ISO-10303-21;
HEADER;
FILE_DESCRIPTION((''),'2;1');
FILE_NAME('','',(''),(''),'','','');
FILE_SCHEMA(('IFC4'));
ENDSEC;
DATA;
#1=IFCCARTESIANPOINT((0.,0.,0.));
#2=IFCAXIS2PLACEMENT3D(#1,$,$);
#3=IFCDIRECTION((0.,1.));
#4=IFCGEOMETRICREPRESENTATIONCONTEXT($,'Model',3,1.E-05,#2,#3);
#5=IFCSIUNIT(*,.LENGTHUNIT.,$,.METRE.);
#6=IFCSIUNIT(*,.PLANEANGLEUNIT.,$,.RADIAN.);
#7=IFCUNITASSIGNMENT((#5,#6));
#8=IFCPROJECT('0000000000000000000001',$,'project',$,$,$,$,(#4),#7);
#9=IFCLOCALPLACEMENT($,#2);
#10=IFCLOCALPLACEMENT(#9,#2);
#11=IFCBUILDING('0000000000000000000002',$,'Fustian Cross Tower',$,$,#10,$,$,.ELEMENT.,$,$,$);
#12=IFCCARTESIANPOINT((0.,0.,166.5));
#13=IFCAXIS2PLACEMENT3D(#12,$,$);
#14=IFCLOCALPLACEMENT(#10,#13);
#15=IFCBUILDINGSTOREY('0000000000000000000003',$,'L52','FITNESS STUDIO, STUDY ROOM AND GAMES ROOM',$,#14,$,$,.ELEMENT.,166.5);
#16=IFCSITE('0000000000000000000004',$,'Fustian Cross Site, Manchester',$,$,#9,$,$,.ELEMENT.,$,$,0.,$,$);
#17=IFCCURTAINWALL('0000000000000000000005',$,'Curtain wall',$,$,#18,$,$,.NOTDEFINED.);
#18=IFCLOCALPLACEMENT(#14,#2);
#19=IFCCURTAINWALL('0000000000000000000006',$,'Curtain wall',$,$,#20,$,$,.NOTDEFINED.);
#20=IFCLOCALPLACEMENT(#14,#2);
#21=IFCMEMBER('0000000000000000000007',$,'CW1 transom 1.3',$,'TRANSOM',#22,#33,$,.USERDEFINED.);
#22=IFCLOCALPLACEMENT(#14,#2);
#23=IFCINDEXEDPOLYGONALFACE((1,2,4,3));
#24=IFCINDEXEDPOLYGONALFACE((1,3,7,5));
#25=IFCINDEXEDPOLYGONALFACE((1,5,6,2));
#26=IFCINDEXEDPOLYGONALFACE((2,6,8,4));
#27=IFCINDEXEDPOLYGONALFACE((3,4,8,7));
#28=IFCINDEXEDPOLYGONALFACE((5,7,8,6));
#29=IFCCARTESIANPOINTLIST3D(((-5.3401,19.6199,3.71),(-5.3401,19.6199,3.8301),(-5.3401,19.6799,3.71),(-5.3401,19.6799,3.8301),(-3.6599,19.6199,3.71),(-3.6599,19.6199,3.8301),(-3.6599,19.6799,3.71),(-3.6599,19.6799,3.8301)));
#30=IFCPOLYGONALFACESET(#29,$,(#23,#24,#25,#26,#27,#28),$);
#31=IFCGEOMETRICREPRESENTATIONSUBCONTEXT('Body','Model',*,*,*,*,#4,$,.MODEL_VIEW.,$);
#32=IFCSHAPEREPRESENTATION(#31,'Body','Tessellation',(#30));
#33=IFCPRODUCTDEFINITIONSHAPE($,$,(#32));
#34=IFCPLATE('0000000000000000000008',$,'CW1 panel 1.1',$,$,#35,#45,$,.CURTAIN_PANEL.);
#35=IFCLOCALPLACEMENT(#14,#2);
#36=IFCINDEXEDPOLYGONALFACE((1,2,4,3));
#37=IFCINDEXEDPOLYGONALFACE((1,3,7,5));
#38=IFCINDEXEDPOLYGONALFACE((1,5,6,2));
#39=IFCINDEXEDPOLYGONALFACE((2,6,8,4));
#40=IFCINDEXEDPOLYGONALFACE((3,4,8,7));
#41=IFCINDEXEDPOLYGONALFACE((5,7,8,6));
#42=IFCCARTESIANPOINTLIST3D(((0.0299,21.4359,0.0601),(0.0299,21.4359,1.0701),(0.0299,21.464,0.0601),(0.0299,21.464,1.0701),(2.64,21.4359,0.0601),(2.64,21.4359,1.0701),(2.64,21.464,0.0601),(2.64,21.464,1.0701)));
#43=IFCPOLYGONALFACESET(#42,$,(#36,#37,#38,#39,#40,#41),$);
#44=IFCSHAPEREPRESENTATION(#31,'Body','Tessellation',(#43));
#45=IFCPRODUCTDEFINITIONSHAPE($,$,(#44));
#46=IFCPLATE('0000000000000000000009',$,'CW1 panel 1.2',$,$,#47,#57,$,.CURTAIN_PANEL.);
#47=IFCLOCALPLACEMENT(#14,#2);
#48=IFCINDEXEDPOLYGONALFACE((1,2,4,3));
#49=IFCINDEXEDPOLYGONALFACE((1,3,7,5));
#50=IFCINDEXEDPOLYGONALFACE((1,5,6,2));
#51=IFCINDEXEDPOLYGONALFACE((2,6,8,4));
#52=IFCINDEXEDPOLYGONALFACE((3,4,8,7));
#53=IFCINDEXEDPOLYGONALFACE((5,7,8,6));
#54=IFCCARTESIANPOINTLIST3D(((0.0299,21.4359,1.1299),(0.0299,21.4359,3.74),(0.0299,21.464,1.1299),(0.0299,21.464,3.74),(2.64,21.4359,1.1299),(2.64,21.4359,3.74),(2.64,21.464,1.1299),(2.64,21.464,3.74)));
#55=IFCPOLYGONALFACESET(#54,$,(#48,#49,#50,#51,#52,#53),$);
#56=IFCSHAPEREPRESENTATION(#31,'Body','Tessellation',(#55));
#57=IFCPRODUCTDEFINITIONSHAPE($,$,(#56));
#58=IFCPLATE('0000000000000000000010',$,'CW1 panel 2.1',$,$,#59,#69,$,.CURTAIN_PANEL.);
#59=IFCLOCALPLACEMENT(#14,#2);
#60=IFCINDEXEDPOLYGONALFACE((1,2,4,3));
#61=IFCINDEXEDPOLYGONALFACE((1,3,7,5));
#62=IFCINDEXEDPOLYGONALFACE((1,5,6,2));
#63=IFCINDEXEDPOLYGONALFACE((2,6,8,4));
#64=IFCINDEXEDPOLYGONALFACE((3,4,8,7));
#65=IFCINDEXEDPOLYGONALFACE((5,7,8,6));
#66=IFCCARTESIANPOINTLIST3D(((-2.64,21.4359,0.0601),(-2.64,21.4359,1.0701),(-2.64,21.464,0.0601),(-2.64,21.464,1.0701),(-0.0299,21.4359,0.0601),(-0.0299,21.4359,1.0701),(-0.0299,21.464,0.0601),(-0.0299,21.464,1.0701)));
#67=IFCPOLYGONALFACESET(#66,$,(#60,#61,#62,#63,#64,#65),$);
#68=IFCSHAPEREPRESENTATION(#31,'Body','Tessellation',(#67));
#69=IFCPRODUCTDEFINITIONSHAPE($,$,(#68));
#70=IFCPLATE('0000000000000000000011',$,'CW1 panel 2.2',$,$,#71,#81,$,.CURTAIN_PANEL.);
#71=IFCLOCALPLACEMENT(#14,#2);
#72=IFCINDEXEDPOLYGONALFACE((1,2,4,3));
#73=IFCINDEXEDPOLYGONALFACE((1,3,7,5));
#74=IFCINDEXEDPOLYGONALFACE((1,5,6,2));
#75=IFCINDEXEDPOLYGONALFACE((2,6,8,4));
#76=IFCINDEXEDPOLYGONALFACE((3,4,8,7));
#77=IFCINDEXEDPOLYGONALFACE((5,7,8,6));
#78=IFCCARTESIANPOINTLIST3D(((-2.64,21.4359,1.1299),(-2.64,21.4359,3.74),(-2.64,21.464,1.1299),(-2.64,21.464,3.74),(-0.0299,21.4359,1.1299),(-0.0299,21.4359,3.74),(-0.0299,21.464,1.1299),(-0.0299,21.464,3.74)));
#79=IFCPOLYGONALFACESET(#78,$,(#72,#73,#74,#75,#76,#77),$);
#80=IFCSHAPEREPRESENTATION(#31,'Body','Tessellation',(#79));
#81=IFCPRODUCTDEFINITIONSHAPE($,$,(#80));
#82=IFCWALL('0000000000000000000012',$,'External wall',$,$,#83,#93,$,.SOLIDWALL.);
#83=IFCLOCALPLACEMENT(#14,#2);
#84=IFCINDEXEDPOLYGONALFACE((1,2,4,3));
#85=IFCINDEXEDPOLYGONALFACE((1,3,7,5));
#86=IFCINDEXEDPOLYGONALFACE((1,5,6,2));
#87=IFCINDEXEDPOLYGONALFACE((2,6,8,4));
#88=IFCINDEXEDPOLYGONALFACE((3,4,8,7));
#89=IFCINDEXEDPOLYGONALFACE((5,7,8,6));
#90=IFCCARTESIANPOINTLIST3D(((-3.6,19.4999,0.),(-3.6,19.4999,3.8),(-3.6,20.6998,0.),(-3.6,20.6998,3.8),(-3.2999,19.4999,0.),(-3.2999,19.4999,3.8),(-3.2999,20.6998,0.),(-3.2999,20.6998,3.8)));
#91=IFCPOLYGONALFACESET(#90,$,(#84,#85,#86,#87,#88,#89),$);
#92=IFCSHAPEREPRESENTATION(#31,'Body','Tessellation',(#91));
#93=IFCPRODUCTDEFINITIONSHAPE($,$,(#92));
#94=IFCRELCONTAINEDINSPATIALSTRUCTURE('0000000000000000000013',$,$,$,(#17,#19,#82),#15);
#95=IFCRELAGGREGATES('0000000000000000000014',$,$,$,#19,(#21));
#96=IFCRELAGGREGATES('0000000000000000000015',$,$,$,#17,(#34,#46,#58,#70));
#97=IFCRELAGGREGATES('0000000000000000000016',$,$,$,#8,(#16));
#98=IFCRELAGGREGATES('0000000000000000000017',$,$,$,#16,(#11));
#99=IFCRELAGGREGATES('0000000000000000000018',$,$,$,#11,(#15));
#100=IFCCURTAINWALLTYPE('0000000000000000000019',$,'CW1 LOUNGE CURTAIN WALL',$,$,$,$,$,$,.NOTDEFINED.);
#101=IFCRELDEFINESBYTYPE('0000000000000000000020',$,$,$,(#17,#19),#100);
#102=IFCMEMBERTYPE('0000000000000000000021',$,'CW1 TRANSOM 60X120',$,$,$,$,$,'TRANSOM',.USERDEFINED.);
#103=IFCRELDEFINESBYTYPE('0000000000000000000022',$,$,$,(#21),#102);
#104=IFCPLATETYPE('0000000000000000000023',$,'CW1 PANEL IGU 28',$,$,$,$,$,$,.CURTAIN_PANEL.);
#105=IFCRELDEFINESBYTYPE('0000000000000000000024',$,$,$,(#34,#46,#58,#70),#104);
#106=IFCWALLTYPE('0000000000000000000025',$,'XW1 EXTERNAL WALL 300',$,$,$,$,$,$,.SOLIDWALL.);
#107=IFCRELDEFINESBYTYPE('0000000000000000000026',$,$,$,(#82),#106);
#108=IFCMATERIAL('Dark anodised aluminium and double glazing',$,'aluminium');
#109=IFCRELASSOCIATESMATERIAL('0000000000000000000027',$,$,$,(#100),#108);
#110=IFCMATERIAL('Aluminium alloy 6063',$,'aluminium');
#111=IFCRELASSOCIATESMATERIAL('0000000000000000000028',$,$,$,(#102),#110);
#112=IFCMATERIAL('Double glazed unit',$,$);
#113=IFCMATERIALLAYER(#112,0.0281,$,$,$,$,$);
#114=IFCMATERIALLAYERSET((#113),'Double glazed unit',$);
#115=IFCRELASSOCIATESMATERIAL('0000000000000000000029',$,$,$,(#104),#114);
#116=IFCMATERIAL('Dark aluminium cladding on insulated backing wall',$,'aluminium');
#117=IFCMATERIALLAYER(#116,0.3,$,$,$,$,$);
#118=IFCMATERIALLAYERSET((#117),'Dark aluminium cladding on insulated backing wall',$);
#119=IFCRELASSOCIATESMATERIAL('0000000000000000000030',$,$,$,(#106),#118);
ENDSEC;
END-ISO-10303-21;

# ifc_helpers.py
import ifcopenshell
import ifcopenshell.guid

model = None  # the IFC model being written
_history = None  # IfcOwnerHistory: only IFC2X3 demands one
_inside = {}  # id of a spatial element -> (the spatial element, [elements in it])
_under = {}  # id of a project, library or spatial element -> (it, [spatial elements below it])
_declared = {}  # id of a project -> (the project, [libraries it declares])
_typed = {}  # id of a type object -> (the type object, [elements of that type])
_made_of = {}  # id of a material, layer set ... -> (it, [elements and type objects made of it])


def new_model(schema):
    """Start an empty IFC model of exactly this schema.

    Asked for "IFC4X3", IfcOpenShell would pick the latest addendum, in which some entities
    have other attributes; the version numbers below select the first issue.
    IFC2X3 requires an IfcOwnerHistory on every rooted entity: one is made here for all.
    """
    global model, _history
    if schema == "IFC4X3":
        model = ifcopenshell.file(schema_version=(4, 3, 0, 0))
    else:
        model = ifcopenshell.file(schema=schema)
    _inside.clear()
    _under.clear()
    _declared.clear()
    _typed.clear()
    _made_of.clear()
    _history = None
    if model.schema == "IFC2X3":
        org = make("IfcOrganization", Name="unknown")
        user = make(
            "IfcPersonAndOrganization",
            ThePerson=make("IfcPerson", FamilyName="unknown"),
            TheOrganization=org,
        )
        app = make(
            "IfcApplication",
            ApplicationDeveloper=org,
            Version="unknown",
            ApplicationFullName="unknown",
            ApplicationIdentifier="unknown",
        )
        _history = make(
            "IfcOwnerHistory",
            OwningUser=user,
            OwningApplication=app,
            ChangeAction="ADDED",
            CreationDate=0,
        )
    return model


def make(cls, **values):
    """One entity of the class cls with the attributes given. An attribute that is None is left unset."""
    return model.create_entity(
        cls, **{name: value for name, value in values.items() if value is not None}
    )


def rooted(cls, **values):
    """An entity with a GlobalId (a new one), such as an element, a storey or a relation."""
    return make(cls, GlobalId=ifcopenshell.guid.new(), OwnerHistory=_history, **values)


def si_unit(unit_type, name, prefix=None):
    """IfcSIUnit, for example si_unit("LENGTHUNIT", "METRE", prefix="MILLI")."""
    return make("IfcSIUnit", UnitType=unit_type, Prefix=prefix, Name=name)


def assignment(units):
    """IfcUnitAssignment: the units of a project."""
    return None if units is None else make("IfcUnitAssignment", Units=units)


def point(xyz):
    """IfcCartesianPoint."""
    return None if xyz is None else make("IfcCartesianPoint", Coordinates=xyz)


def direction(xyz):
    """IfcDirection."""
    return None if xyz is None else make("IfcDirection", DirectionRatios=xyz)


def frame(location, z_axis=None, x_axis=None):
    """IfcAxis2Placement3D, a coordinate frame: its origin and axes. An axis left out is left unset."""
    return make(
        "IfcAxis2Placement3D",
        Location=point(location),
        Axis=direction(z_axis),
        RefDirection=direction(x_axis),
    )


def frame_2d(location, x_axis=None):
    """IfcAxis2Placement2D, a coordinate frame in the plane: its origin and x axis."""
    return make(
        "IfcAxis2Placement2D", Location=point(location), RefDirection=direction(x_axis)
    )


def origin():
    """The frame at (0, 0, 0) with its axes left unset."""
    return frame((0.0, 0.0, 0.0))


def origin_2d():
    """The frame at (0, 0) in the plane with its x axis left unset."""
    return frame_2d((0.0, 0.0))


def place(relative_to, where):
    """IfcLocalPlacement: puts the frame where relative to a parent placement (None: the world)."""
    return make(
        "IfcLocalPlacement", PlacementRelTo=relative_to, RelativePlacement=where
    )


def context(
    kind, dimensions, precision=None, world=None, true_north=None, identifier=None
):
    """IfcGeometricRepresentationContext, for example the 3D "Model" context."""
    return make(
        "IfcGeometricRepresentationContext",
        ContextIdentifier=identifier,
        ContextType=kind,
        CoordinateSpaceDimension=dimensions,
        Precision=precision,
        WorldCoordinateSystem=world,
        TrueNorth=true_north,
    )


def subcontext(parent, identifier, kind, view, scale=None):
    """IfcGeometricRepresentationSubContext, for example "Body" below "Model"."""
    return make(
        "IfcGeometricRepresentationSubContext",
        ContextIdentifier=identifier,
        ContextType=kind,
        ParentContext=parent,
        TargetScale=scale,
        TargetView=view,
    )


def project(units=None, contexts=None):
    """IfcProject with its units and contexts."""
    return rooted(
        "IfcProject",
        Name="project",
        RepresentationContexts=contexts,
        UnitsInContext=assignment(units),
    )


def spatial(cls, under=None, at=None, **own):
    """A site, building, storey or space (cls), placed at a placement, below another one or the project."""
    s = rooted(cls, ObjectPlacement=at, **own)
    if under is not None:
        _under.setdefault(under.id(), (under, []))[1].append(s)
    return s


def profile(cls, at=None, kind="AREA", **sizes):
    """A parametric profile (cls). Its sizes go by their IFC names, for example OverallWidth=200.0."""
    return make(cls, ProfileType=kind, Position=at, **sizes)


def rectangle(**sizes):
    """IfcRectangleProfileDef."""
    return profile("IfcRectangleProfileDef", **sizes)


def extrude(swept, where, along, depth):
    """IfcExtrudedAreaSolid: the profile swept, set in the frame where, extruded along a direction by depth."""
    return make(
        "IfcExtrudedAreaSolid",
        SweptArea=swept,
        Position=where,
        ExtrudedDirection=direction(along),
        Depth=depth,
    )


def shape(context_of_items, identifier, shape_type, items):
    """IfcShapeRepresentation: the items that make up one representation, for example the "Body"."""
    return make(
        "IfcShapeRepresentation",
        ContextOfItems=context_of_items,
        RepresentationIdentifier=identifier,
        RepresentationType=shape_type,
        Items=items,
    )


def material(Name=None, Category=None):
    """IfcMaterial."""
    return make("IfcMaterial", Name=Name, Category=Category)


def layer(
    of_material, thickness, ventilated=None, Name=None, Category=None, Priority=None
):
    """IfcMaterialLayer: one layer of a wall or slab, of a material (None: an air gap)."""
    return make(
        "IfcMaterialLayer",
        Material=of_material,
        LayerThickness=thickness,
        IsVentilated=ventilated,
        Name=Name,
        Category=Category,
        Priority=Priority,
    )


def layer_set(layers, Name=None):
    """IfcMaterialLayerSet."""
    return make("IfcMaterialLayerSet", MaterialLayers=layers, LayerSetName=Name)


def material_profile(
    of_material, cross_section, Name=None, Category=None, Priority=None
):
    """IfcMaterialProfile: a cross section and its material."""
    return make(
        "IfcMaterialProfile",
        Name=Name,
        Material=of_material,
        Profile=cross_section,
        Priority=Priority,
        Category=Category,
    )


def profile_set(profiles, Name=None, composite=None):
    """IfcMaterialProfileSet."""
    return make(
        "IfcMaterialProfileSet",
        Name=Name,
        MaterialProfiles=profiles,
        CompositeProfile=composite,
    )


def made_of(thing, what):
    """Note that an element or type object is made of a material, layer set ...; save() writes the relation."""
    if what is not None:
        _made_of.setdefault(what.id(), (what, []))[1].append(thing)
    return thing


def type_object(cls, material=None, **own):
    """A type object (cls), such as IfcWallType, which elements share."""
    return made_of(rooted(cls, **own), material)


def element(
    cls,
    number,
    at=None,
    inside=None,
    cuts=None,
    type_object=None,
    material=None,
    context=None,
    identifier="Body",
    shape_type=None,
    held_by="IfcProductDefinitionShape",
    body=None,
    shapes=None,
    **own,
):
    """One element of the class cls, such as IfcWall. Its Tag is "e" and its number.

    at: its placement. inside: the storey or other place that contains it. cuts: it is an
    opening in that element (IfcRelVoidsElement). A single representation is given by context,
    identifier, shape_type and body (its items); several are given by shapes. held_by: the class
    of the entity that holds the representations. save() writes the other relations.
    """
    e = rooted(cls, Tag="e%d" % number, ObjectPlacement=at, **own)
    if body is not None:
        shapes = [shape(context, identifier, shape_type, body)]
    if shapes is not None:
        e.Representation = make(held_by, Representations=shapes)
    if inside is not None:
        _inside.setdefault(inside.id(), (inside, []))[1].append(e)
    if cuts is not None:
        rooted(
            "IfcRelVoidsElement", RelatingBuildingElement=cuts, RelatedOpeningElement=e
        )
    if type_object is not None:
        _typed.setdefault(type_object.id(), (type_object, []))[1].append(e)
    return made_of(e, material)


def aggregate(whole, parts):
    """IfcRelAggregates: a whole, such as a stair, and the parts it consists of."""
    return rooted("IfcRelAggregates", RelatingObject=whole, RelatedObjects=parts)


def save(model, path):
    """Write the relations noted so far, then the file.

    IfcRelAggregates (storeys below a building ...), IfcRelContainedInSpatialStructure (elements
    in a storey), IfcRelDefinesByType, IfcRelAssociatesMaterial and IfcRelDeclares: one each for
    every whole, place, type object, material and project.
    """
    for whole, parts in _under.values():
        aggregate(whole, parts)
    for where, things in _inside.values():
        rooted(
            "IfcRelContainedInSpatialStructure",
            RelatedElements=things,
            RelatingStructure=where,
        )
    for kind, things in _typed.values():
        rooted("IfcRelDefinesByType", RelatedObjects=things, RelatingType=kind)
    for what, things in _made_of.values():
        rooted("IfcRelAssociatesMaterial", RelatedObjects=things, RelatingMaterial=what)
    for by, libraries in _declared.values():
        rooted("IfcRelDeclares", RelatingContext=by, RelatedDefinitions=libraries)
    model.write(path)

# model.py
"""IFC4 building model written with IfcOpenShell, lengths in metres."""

from ifc_helpers import new_model, si_unit, direction, frame, frame_2d, origin, origin_2d, place, context, subcontext, project, spatial, rectangle, extrude, material, layer, layer_set, material_profile, profile_set, type_object, element, aggregate, save


model = new_model("IFC4")

# Units and contexts
model_context = context("Model", 3, precision=1e-05, world=origin(), true_north=direction((0.0, 1.0)))
body_context = subcontext(model_context, "Body", "Model", "MODEL_VIEW")
ifc_project = project(units=[si_unit("LENGTHUNIT", "METRE"), si_unit("PLANEANGLEUNIT", "RADIAN")], contexts=[model_context])

# Site, building, storey
site_placement = place(None, origin())
site = spatial("IfcSite", under=ifc_project, at=site_placement, Name="Fustian Cross Site, Manchester", CompositionType="ELEMENT", RefElevation=0.0)
building_placement = place(site_placement, origin())
building = spatial("IfcBuilding", under=site, at=building_placement, Name="Fustian Cross Tower", CompositionType="ELEMENT")
storey_placement = place(building_placement, frame((0.0, 0.0, 166.5)))
storey = spatial("IfcBuildingStorey", under=building, at=storey_placement, Name="L52", Description="FITNESS STUDIO, STUDY ROOM AND GAMES ROOM", CompositionType="ELEMENT", Elevation=166.5)

# Curtain wall
ifc_material_1 = material(Name="Dark anodised aluminium and double glazing", Category="aluminium")
curtain_wall_type = type_object("IfcCurtainWallType", Name="CW1 LOUNGE CURTAIN WALL", PredefinedType="NOTDEFINED", material=ifc_material_1)
curtain_wall_1_placement = place(storey_placement, origin())
curtain_wall_1 = element("IfcCurtainWall", 1, at=curtain_wall_1_placement, inside=storey, type_object=curtain_wall_type, Name="Curtain wall", PredefinedType="NOTDEFINED")

# Curtain wall
curtain_wall_2_placement = place(storey_placement, origin())
curtain_wall_2 = element("IfcCurtainWall", 2, at=curtain_wall_2_placement, inside=storey, type_object=curtain_wall_type, Name="Curtain wall", PredefinedType="NOTDEFINED")

# Member
ifc_material_2 = material(Name="Aluminium alloy 6063", Category="aluminium")
ifc_material_profile_1 = material_profile(ifc_material_2, rectangle(XDim=0.0601, YDim=0.1201, at=origin_2d()), Name="CW1 TRANSOM 60X120")
ifc_profile_set_1 = profile_set([ifc_material_profile_1], Name="Aluminium alloy 6063")
member_type_1 = type_object("IfcMemberType", Name="CW1 TRANSOM 60X120", ElementType="TRANSOM", PredefinedType="USERDEFINED", material=ifc_profile_set_1)
member_1_placement = place(storey_placement, frame((-3.6599, 19.6499, 3.77), z_axis=(-1.0, 0.0, 0.0), x_axis=(0.0, -1.0, 0.0)))
member_1 = element("IfcMember", 3, at=member_1_placement, type_object=member_type_1, Name="CW1 transom 1.3", ObjectType="TRANSOM", PredefinedType="USERDEFINED", context=body_context, shape_type="SweptSolid", body=[
    extrude(rectangle(XDim=0.0601, YDim=0.1201, at=origin_2d()), origin(), (0.0, 0.0, 1.0), 1.6802),
])
aggregate(curtain_wall_2, [member_1])

# Plates
ifc_material_3 = material(Name="Double glazed unit")
ifc_layer_1 = layer(ifc_material_3, 0.0281)
ifc_layer_set_1 = layer_set([ifc_layer_1], Name="Double glazed unit")
plate_type = type_object("IfcPlateType", Name="CW1 PANEL IGU 28", PredefinedType="CURTAIN_PANEL", material=ifc_layer_set_1)
plate_1_placement = place(storey_placement, frame((1.335, 21.45, 0.0601), z_axis=(0.0, 0.0, 1.0), x_axis=(-1.0, 0.0, 0.0)))
plate_1 = element("IfcPlate", 4, at=plate_1_placement, type_object=plate_type, Name="CW1 panel 1.1", PredefinedType="CURTAIN_PANEL", context=body_context, shape_type="SweptSolid", body=[
    extrude(rectangle(XDim=2.6101, YDim=0.0281, at=origin_2d()), origin(), (0.0, 0.0, 1.0), 1.01),
])
plate_2_placement = place(storey_placement, frame((1.335, 21.45, 1.1299), z_axis=(0.0, 0.0, 1.0), x_axis=(-1.0, 0.0, 0.0)))
plate_2 = element("IfcPlate", 5, at=plate_2_placement, type_object=plate_type, Name="CW1 panel 1.2", PredefinedType="CURTAIN_PANEL", context=body_context, shape_type="SweptSolid", body=[
    extrude(rectangle(XDim=2.6101, YDim=0.0281, at=origin_2d()), origin(), (0.0, 0.0, 1.0), 2.6101),
])
plate_3_placement = place(storey_placement, frame((-1.335, 21.45, 0.0601), z_axis=(0.0, 0.0, 1.0), x_axis=(-1.0, 0.0, 0.0)))
plate_3 = element("IfcPlate", 6, at=plate_3_placement, type_object=plate_type, Name="CW1 panel 2.1", PredefinedType="CURTAIN_PANEL", context=body_context, shape_type="SweptSolid", body=[
    extrude(rectangle(XDim=2.6101, YDim=0.0281, at=origin_2d()), origin(), (0.0, 0.0, 1.0), 1.01),
])
plate_4_placement = place(storey_placement, frame((-1.335, 21.45, 1.1299), z_axis=(0.0, 0.0, 1.0), x_axis=(-1.0, 0.0, 0.0)))
plate_4 = element("IfcPlate", 7, at=plate_4_placement, type_object=plate_type, Name="CW1 panel 2.2", PredefinedType="CURTAIN_PANEL", context=body_context, shape_type="SweptSolid", body=[
    extrude(rectangle(XDim=2.6101, YDim=0.0281, at=origin_2d()), origin(), (0.0, 0.0, 1.0), 2.6101),
])
aggregate(curtain_wall_1, [plate_1, plate_2, plate_3, plate_4])

# Wall
ifc_material_4 = material(Name="Dark aluminium cladding on insulated backing wall", Category="aluminium")
ifc_layer_2 = layer(ifc_material_4, 0.3)
ifc_layer_set_2 = layer_set([ifc_layer_2], Name="Dark aluminium cladding on insulated backing wall")
wall_type = type_object("IfcWallType", Name="XW1 EXTERNAL WALL 300", PredefinedType="SOLIDWALL", material=ifc_layer_set_2)
wall_placement = place(storey_placement, frame((-3.45, 20.7, 0.0), z_axis=(0.0, 0.0, 1.0), x_axis=(0.0, -1.0, 0.0)))
element("IfcWall", 8, at=wall_placement, inside=storey, type_object=wall_type, Name="External wall", PredefinedType="SOLIDWALL", context=body_context, shape_type="SweptSolid", body=[
    extrude(rectangle(XDim=1.2, YDim=0.3, at=frame_2d((0.6001, 0.0))), origin(), (0.0, 0.0, 1.0), 3.8),
])

save(model, "model.ifc")
